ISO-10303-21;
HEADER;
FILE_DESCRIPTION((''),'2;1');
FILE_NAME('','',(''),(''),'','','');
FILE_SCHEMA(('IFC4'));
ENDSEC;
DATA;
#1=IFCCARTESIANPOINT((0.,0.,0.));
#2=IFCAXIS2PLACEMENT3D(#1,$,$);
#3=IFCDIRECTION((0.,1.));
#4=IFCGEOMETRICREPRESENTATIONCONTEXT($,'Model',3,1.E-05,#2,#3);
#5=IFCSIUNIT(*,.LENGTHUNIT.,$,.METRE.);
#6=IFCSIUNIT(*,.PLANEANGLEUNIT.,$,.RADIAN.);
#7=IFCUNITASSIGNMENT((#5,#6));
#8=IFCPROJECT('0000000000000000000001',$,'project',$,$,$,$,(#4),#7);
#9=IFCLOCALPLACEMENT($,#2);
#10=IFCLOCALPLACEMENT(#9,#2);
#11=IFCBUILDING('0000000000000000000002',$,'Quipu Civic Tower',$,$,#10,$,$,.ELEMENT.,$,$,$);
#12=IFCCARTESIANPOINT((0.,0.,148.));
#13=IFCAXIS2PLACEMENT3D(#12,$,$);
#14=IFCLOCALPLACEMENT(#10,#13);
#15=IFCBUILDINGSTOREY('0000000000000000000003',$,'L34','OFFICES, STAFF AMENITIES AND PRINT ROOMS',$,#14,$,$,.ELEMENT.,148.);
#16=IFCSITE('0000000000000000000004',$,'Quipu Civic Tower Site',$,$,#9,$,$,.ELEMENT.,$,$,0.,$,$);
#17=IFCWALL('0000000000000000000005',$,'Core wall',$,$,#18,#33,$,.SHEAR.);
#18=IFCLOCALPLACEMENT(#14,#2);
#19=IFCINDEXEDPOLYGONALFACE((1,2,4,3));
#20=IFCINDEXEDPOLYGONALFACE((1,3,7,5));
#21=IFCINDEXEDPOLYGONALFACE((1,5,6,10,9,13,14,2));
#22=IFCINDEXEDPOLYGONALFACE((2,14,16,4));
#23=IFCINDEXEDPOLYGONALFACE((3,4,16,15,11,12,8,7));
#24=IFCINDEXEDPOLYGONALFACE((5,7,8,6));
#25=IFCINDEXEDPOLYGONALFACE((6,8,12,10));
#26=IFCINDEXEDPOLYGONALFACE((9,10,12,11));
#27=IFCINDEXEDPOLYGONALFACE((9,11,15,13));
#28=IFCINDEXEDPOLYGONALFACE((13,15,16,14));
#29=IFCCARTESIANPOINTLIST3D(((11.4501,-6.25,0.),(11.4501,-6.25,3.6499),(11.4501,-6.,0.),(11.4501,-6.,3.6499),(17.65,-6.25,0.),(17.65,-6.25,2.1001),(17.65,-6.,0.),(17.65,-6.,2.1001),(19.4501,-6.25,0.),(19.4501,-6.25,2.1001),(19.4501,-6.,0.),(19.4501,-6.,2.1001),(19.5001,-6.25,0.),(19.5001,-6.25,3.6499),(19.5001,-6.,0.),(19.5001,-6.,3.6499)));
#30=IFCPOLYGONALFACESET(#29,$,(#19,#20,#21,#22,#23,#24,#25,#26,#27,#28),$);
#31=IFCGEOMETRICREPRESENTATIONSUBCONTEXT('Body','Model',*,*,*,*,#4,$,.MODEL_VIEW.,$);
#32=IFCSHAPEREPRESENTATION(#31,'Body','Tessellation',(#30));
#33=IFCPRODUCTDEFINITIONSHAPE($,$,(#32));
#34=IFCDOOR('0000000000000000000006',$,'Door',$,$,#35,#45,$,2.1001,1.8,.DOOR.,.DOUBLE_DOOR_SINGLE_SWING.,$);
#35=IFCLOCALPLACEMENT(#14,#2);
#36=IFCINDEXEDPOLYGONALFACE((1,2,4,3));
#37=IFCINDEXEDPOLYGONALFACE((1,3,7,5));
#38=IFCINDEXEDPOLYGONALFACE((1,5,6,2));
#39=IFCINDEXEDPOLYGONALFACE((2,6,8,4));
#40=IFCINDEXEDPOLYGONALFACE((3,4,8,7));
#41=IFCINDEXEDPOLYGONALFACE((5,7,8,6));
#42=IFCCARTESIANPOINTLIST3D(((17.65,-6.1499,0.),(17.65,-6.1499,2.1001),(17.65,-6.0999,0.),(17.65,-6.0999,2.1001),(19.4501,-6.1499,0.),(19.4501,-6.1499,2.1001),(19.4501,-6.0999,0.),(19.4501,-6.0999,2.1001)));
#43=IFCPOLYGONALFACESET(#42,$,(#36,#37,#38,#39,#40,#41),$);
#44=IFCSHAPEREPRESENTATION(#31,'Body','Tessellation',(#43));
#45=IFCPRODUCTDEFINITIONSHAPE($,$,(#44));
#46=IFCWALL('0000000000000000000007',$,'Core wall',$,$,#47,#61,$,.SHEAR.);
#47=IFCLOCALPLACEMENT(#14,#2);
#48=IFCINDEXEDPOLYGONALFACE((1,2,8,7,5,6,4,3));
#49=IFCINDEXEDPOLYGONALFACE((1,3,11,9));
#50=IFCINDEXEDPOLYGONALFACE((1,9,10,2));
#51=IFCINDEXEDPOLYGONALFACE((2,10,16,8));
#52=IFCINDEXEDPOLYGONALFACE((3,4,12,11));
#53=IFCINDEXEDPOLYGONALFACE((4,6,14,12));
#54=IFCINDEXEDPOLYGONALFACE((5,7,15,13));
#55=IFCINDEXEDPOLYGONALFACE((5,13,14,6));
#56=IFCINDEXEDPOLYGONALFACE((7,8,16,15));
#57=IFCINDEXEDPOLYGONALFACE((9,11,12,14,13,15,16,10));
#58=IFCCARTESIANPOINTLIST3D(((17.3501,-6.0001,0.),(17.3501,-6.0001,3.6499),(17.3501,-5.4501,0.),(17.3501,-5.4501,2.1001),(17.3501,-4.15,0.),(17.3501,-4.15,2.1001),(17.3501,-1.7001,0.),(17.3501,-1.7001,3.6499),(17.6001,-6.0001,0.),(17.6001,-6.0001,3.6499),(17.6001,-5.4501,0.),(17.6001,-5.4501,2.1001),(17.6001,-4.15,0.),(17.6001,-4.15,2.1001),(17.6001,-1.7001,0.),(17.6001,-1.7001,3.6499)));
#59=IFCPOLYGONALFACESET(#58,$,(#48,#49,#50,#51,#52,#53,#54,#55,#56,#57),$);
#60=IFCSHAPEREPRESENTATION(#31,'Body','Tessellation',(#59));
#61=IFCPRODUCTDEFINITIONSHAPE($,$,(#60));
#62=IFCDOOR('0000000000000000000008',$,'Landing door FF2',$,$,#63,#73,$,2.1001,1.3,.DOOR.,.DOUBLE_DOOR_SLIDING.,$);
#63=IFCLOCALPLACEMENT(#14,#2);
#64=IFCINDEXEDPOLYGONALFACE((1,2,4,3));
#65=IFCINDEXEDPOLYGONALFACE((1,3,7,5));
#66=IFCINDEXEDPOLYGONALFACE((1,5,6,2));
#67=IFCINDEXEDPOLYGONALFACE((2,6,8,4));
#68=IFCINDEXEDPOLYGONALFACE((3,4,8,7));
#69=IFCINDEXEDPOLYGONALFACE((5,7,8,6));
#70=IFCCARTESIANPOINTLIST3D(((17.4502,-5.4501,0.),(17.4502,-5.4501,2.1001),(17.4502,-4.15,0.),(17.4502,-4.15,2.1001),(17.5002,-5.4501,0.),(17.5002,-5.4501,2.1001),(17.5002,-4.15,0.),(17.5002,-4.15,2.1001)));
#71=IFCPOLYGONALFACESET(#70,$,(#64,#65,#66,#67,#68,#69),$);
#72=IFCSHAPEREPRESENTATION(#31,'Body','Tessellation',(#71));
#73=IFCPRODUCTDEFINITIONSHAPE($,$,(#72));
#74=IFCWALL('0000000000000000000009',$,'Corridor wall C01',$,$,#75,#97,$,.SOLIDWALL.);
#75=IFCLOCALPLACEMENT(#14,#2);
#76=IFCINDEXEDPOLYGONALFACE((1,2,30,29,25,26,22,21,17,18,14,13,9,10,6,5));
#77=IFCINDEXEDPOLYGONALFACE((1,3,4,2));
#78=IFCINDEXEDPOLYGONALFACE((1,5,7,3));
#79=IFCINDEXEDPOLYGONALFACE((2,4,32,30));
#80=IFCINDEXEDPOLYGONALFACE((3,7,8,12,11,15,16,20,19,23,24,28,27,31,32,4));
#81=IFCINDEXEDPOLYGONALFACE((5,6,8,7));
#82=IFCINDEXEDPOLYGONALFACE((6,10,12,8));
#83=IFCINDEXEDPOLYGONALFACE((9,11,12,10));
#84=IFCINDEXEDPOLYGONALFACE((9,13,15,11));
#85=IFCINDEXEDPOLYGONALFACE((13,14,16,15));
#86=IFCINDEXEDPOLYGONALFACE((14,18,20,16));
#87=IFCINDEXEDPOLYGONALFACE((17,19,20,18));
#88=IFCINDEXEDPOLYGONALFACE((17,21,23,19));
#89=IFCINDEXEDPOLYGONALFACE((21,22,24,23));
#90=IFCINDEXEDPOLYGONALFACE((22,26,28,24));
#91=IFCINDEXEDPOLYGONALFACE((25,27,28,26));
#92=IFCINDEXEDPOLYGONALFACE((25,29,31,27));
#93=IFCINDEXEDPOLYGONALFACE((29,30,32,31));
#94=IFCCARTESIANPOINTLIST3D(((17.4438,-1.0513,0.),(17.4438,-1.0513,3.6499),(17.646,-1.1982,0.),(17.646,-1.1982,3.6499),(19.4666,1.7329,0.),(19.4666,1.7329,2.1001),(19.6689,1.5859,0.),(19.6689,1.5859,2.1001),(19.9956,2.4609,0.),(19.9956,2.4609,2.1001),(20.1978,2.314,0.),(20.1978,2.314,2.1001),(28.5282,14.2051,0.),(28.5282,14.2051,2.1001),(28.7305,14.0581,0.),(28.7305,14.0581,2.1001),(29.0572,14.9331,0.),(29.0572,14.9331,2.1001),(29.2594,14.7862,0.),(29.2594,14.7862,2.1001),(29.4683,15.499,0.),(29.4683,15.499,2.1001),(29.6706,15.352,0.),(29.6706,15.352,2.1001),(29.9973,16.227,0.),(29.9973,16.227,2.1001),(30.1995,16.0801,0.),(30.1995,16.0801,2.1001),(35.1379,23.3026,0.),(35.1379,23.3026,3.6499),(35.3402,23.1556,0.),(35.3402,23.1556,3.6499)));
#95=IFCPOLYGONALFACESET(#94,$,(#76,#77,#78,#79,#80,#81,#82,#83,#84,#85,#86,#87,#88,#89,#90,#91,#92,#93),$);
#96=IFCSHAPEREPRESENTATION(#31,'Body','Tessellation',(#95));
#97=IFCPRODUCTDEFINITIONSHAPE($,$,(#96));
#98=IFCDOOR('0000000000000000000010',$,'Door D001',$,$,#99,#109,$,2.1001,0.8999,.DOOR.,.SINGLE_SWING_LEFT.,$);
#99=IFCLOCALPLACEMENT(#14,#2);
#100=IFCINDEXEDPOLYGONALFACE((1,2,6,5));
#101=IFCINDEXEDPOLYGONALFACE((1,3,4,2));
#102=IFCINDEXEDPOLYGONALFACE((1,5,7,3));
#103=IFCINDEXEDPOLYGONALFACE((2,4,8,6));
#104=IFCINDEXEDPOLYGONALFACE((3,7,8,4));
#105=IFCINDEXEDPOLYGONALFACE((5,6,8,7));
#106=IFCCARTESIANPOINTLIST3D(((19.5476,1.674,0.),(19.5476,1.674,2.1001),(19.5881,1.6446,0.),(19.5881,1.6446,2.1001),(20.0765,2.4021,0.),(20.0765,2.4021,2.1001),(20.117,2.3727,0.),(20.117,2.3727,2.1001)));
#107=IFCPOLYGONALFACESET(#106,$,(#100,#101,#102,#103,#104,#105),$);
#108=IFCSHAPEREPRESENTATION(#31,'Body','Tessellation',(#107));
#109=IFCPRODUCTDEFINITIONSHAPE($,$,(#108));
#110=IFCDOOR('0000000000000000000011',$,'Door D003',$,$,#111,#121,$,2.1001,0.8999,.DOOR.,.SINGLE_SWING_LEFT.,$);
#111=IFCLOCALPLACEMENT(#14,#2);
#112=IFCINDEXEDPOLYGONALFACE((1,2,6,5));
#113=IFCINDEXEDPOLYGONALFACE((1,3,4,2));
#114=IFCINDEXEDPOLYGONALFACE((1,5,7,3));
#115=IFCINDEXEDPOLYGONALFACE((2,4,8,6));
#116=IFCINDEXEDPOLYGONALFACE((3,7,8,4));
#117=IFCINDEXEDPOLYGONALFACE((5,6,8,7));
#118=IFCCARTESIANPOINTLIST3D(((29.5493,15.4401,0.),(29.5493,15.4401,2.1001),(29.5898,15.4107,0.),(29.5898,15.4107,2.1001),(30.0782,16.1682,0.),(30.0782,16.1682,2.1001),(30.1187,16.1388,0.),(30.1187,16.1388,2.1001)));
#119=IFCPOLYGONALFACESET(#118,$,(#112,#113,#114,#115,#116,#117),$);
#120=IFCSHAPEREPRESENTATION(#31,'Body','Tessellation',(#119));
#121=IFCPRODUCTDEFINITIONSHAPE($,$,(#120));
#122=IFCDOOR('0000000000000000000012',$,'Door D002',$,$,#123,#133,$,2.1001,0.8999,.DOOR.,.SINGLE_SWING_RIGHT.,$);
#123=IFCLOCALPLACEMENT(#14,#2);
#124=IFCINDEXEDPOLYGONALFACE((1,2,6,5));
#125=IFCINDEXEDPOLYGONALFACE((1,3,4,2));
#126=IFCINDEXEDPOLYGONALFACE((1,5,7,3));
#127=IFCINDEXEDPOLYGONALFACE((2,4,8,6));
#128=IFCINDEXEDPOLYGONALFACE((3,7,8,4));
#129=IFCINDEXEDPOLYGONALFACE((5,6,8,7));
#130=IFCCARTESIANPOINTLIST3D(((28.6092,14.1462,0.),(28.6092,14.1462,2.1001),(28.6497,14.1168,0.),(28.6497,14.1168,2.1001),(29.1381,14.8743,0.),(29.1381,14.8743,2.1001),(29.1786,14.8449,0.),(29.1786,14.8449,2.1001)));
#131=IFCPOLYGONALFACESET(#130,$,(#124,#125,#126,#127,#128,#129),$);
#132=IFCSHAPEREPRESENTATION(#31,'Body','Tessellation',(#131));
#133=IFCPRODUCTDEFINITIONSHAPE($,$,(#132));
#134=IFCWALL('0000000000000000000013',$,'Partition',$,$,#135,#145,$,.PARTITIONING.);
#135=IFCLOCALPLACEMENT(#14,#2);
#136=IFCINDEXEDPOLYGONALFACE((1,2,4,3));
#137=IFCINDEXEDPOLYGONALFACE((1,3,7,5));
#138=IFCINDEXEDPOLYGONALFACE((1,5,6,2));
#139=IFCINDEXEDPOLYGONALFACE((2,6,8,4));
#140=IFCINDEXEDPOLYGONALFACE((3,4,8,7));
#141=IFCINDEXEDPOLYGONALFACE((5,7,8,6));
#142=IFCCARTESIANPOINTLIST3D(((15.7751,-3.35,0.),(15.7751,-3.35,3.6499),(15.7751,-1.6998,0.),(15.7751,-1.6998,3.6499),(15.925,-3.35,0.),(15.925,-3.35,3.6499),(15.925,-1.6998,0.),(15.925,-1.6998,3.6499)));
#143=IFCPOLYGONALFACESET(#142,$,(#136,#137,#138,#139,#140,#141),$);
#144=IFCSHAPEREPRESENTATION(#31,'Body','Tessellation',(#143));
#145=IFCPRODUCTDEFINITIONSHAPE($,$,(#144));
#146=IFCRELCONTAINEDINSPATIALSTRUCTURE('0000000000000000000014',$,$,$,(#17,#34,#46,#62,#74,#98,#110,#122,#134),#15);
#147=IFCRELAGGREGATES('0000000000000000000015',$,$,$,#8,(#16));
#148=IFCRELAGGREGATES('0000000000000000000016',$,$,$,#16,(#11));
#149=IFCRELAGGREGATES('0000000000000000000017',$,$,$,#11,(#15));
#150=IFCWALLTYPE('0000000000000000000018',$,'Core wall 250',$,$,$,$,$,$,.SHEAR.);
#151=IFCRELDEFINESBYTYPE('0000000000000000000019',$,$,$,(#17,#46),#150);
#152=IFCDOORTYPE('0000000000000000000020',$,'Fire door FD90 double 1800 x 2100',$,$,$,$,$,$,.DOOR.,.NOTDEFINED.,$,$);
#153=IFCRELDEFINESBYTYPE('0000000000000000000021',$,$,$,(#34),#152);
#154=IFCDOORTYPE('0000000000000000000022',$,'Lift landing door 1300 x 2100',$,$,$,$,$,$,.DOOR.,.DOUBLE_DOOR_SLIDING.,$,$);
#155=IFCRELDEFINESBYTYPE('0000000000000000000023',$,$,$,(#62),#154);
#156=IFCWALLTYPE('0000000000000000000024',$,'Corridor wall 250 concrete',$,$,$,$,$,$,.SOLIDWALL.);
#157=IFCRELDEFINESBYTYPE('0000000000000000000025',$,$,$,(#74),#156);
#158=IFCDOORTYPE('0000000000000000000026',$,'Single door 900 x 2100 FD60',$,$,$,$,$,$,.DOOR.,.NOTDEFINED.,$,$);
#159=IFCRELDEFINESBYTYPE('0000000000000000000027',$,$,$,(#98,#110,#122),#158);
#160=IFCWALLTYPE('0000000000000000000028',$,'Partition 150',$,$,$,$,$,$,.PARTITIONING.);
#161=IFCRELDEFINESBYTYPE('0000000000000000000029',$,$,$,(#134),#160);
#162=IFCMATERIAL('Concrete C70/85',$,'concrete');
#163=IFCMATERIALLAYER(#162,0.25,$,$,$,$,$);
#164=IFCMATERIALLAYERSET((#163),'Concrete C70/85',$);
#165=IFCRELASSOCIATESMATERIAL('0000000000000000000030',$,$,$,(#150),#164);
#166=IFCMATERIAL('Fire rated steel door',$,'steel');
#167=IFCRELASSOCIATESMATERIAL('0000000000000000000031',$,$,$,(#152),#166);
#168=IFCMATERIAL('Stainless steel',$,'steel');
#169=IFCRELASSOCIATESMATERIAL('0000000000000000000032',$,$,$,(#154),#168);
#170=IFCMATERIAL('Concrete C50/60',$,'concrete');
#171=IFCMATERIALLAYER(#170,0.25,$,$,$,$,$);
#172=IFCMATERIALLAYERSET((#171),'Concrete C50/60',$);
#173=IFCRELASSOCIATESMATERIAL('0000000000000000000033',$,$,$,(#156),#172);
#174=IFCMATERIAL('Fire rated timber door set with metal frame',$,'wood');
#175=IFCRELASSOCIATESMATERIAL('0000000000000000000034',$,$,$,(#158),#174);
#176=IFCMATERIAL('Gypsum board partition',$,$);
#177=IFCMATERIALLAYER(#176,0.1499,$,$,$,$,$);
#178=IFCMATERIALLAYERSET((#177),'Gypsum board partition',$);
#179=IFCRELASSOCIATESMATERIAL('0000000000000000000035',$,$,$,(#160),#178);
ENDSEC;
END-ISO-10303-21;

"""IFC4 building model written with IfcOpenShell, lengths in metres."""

from ifc_helpers import new_model, si_unit, direction, frame, frame_2d, origin, place, context, subcontext, project, spatial, rectangle, extrude, material, layer, layer_set, type_object, element, fill, save


model = new_model("IFC4")

# Units and contexts
model_context = context("Model", 3, precision=1e-05, world=origin(), true_north=direction((0.0, 1.0)))
body_context = subcontext(model_context, "Body", "Model", "MODEL_VIEW")
ifc_project = project(units=[si_unit("LENGTHUNIT", "METRE"), si_unit("PLANEANGLEUNIT", "RADIAN")], contexts=[model_context])

# Site, building, storey
site_placement = place(None, origin())
site = spatial("IfcSite", under=ifc_project, at=site_placement, Name="Quipu Civic Tower Site", CompositionType="ELEMENT", RefElevation=0.0)
building_placement = place(site_placement, origin())
building = spatial("IfcBuilding", under=site, at=building_placement, Name="Quipu Civic Tower", CompositionType="ELEMENT")
storey_placement = place(building_placement, frame((0.0, 0.0, 148.0)))
storey = spatial("IfcBuildingStorey", under=building, at=storey_placement, Name="L34", Description="OFFICES, STAFF AMENITIES AND PRINT ROOMS", CompositionType="ELEMENT", Elevation=148.0)

# Walls, openings, doors
ifc_material_1 = material(Name="Concrete C70/85", Category="concrete")
ifc_layer_1 = layer(ifc_material_1, 0.25)
ifc_layer_set_1 = layer_set([ifc_layer_1], Name="Concrete C70/85")
wall_type_1 = type_object("IfcWallType", Name="Core wall 250", PredefinedType="SHEAR", material=ifc_layer_set_1)
wall_1_placement = place(storey_placement, frame((19.5, -6.125, 0.0), z_axis=(0.0, 0.0, 1.0), x_axis=(-1.0, 0.0, 0.0)))
wall_1 = element("IfcWall", 1, at=wall_1_placement, inside=storey, type_object=wall_type_1, Name="Core wall", PredefinedType="SHEAR", context=body_context, shape_type="SweptSolid", body=[
    extrude(rectangle(XDim=8.05, YDim=0.25, at=frame_2d((4.0249, 0.0))), origin(), (0.0, 0.0, 1.0), 3.6499),
])
opening_1_placement = place(wall_1_placement, frame((0.05, 0.0, 0.0)))
opening_1 = element("IfcOpeningElement", 2, at=opening_1_placement, cuts=wall_1, PredefinedType="OPENING", context=body_context, shape_type="SweptSolid", body=[
    extrude(rectangle(XDim=1.8, YDim=2.1001, at=frame_2d((0.8999, 1.05))), frame((0.0, 0.135, 0.0), z_axis=(0.0, -1.0, 0.0), x_axis=(1.0, 0.0, 0.0)), (0.0, 0.0, 1.0), 0.27),
])
ifc_material_2 = material(Name="Fire rated steel door", Category="steel")
door_type_1 = type_object("IfcDoorType", Name="Fire door FD90 double 1800 x 2100", OperationType="NOTDEFINED", PredefinedType="DOOR", material=ifc_material_2)
door_1_placement = place(opening_1_placement, origin())
door_1 = element("IfcDoor", 3, at=door_1_placement, inside=storey, type_object=door_type_1, Name="Door", OperationType="DOUBLE_DOOR_SINGLE_SWING", OverallHeight=2.1001, OverallWidth=1.8, PredefinedType="DOOR", context=body_context, shape_type="SweptSolid", body=[
    extrude(rectangle(XDim=1.8, YDim=2.1001, at=frame_2d((0.8999, 1.05))), frame((0.0, 0.0249, 0.0), z_axis=(0.0, -1.0, 0.0), x_axis=(1.0, 0.0, 0.0)), (0.0, 0.0, 1.0), 0.05),
])
fill(opening_1, door_1)
wall_2_placement = place(storey_placement, frame((17.4751, -6.0, 0.0), z_axis=(0.0, 0.0, 1.0), x_axis=(0.0, 1.0, 0.0)))
wall_2 = element("IfcWall", 4, at=wall_2_placement, inside=storey, type_object=wall_type_1, Name="Core wall", PredefinedType="SHEAR", context=body_context, shape_type="SweptSolid", body=[
    extrude(rectangle(XDim=4.3, YDim=0.25, at=frame_2d((2.1499, 0.0))), origin(), (0.0, 0.0, 1.0), 3.6499),
])
opening_2_placement = place(wall_2_placement, frame((0.55, 0.0, 0.0)))
opening_2 = element("IfcOpeningElement", 5, at=opening_2_placement, cuts=wall_2, PredefinedType="OPENING", context=body_context, shape_type="SweptSolid", body=[
    extrude(rectangle(XDim=1.3, YDim=2.1001, at=frame_2d((0.6499, 1.05))), frame((0.0, 0.135, 0.0), z_axis=(0.0, -1.0, 0.0), x_axis=(1.0, 0.0, 0.0)), (0.0, 0.0, 1.0), 0.27),
])
ifc_material_3 = material(Name="Stainless steel", Category="steel")
door_type_2 = type_object("IfcDoorType", Name="Lift landing door 1300 x 2100", OperationType="DOUBLE_DOOR_SLIDING", PredefinedType="DOOR", material=ifc_material_3)
door_2_placement = place(opening_2_placement, origin())
door_2 = element("IfcDoor", 6, at=door_2_placement, inside=storey, type_object=door_type_2, Name="Landing door FF2", OperationType="DOUBLE_DOOR_SLIDING", OverallHeight=2.1001, OverallWidth=1.3, PredefinedType="DOOR", context=body_context, shape_type="SweptSolid", body=[
    extrude(rectangle(XDim=1.3, YDim=2.1001, at=frame_2d((0.6499, 1.05))), frame((0.0, 0.0249, 0.0), z_axis=(0.0, -1.0, 0.0), x_axis=(1.0, 0.0, 0.0)), (0.0, 0.0, 1.0), 0.05),
])
fill(opening_2, door_2)

# Wall, openings, doors
ifc_material_4 = material(Name="Concrete C50/60", Category="concrete")
ifc_layer_2 = layer(ifc_material_4, 0.25)
ifc_layer_set_2 = layer_set([ifc_layer_2], Name="Concrete C50/60")
wall_type_2 = type_object("IfcWallType", Name="Corridor wall 250 concrete", PredefinedType="SOLIDWALL", material=ifc_layer_set_2)
wall_3_placement = place(storey_placement, frame((17.5449, -1.1248, 0.0), z_axis=(0.0, 0.0, 1.0), x_axis=(0.587786, 0.809016, 0.0)))
wall_3 = element("IfcWall", 7, at=wall_3_placement, inside=storey, type_object=wall_type_2, Name="Corridor wall C01", PredefinedType="SOLIDWALL", context=body_context, shape_type="SweptSolid", body=[
    extrude(rectangle(XDim=30.103, YDim=0.25, at=frame_2d((15.0515, 0.0))), origin(), (0.0, 0.0, 1.0), 3.6499),
])
opening_3_placement = place(wall_3_placement, frame((3.4414, 0.0, 0.0)))
opening_3 = element("IfcOpeningElement", 8, at=opening_3_placement, cuts=wall_3, PredefinedType="OPENING", context=body_context, shape_type="SweptSolid", body=[
    extrude(rectangle(XDim=0.8999, YDim=2.1001, at=frame_2d((0.45, 1.05))), frame((0.0, 0.135, 0.0), z_axis=(0.0, -1.0, 0.0), x_axis=(1.0, 0.0, 0.0)), (0.0, 0.0, 1.0), 0.27),
])
opening_4_placement = place(wall_3_placement, frame((20.4573, 0.0, 0.0)))
opening_4 = element("IfcOpeningElement", 9, at=opening_4_placement, cuts=wall_3, PredefinedType="OPENING", context=body_context, shape_type="SweptSolid", body=[
    extrude(rectangle(XDim=0.8999, YDim=2.1001, at=frame_2d((0.45, 1.05))), frame((0.0, 0.135, 0.0), z_axis=(0.0, -1.0, 0.0), x_axis=(1.0, 0.0, 0.0)), (0.0, 0.0, 1.0), 0.27),
])
opening_5_placement = place(wall_3_placement, frame((18.8579, 0.0, 0.0)))
opening_5 = element("IfcOpeningElement", 10, at=opening_5_placement, cuts=wall_3, PredefinedType="OPENING", context=body_context, shape_type="SweptSolid", body=[
    extrude(rectangle(XDim=0.8999, YDim=2.1001, at=frame_2d((0.45, 1.05))), frame((0.0, 0.135, 0.0), z_axis=(0.0, -1.0, 0.0), x_axis=(1.0, 0.0, 0.0)), (0.0, 0.0, 1.0), 0.27),
])
ifc_material_5 = material(Name="Fire rated timber door set with metal frame", Category="wood")
door_type_3 = type_object("IfcDoorType", Name="Single door 900 x 2100 FD60", OperationType="NOTDEFINED", PredefinedType="DOOR", material=ifc_material_5)
door_3_placement = place(opening_3_placement, origin())
door_3 = element("IfcDoor", 11, at=door_3_placement, inside=storey, type_object=door_type_3, Name="Door D001", OperationType="SINGLE_SWING_LEFT", OverallHeight=2.1001, OverallWidth=0.8999, PredefinedType="DOOR", context=body_context, shape_type="SweptSolid", body=[
    extrude(rectangle(XDim=0.8999, YDim=2.1001, at=frame_2d((0.45, 1.05))), frame((0.0, 0.0249, 0.0), z_axis=(0.0, -1.0, 0.0), x_axis=(1.0, 0.0, 0.0)), (0.0, 0.0, 1.0), 0.05),
])
fill(opening_3, door_3)
door_4_placement = place(opening_4_placement, origin())
door_4 = element("IfcDoor", 12, at=door_4_placement, inside=storey, type_object=door_type_3, Name="Door D003", OperationType="SINGLE_SWING_LEFT", OverallHeight=2.1001, OverallWidth=0.8999, PredefinedType="DOOR", context=body_context, shape_type="SweptSolid", body=[
    extrude(rectangle(XDim=0.8999, YDim=2.1001, at=frame_2d((0.45, 1.05))), frame((0.0, 0.0249, 0.0), z_axis=(0.0, -1.0, 0.0), x_axis=(1.0, 0.0, 0.0)), (0.0, 0.0, 1.0), 0.05),
])
fill(opening_4, door_4)
door_5_placement = place(opening_5_placement, origin())
door_5 = element("IfcDoor", 13, at=door_5_placement, inside=storey, type_object=door_type_3, Name="Door D002", OperationType="SINGLE_SWING_RIGHT", OverallHeight=2.1001, OverallWidth=0.8999, PredefinedType="DOOR", context=body_context, shape_type="SweptSolid", body=[
    extrude(rectangle(XDim=0.8999, YDim=2.1001, at=frame_2d((0.45, 1.05))), frame((0.0, 0.0249, 0.0), z_axis=(0.0, -1.0, 0.0), x_axis=(1.0, 0.0, 0.0)), (0.0, 0.0, 1.0), 0.05),
])
fill(opening_5, door_5)

# Wall
ifc_material_6 = material(Name="Gypsum board partition")
ifc_layer_3 = layer(ifc_material_6, 0.1499)
ifc_layer_set_3 = layer_set([ifc_layer_3], Name="Gypsum board partition")
wall_type_3 = type_object("IfcWallType", Name="Partition 150", PredefinedType="PARTITIONING", material=ifc_layer_set_3)
wall_4_placement = place(storey_placement, frame((15.8501, -3.3501, 0.0), z_axis=(0.0, 0.0, 1.0), x_axis=(0.0, 1.0, 0.0)))
element("IfcWall", 14, at=wall_4_placement, inside=storey, type_object=wall_type_3, Name="Partition", PredefinedType="PARTITIONING", context=body_context, shape_type="SweptSolid", body=[
    extrude(rectangle(XDim=1.6501, YDim=0.1499, at=frame_2d((0.8252, 0.0))), origin(), (0.0, 0.0, 1.0), 3.6499),
])

save(model, "model.ifc")
